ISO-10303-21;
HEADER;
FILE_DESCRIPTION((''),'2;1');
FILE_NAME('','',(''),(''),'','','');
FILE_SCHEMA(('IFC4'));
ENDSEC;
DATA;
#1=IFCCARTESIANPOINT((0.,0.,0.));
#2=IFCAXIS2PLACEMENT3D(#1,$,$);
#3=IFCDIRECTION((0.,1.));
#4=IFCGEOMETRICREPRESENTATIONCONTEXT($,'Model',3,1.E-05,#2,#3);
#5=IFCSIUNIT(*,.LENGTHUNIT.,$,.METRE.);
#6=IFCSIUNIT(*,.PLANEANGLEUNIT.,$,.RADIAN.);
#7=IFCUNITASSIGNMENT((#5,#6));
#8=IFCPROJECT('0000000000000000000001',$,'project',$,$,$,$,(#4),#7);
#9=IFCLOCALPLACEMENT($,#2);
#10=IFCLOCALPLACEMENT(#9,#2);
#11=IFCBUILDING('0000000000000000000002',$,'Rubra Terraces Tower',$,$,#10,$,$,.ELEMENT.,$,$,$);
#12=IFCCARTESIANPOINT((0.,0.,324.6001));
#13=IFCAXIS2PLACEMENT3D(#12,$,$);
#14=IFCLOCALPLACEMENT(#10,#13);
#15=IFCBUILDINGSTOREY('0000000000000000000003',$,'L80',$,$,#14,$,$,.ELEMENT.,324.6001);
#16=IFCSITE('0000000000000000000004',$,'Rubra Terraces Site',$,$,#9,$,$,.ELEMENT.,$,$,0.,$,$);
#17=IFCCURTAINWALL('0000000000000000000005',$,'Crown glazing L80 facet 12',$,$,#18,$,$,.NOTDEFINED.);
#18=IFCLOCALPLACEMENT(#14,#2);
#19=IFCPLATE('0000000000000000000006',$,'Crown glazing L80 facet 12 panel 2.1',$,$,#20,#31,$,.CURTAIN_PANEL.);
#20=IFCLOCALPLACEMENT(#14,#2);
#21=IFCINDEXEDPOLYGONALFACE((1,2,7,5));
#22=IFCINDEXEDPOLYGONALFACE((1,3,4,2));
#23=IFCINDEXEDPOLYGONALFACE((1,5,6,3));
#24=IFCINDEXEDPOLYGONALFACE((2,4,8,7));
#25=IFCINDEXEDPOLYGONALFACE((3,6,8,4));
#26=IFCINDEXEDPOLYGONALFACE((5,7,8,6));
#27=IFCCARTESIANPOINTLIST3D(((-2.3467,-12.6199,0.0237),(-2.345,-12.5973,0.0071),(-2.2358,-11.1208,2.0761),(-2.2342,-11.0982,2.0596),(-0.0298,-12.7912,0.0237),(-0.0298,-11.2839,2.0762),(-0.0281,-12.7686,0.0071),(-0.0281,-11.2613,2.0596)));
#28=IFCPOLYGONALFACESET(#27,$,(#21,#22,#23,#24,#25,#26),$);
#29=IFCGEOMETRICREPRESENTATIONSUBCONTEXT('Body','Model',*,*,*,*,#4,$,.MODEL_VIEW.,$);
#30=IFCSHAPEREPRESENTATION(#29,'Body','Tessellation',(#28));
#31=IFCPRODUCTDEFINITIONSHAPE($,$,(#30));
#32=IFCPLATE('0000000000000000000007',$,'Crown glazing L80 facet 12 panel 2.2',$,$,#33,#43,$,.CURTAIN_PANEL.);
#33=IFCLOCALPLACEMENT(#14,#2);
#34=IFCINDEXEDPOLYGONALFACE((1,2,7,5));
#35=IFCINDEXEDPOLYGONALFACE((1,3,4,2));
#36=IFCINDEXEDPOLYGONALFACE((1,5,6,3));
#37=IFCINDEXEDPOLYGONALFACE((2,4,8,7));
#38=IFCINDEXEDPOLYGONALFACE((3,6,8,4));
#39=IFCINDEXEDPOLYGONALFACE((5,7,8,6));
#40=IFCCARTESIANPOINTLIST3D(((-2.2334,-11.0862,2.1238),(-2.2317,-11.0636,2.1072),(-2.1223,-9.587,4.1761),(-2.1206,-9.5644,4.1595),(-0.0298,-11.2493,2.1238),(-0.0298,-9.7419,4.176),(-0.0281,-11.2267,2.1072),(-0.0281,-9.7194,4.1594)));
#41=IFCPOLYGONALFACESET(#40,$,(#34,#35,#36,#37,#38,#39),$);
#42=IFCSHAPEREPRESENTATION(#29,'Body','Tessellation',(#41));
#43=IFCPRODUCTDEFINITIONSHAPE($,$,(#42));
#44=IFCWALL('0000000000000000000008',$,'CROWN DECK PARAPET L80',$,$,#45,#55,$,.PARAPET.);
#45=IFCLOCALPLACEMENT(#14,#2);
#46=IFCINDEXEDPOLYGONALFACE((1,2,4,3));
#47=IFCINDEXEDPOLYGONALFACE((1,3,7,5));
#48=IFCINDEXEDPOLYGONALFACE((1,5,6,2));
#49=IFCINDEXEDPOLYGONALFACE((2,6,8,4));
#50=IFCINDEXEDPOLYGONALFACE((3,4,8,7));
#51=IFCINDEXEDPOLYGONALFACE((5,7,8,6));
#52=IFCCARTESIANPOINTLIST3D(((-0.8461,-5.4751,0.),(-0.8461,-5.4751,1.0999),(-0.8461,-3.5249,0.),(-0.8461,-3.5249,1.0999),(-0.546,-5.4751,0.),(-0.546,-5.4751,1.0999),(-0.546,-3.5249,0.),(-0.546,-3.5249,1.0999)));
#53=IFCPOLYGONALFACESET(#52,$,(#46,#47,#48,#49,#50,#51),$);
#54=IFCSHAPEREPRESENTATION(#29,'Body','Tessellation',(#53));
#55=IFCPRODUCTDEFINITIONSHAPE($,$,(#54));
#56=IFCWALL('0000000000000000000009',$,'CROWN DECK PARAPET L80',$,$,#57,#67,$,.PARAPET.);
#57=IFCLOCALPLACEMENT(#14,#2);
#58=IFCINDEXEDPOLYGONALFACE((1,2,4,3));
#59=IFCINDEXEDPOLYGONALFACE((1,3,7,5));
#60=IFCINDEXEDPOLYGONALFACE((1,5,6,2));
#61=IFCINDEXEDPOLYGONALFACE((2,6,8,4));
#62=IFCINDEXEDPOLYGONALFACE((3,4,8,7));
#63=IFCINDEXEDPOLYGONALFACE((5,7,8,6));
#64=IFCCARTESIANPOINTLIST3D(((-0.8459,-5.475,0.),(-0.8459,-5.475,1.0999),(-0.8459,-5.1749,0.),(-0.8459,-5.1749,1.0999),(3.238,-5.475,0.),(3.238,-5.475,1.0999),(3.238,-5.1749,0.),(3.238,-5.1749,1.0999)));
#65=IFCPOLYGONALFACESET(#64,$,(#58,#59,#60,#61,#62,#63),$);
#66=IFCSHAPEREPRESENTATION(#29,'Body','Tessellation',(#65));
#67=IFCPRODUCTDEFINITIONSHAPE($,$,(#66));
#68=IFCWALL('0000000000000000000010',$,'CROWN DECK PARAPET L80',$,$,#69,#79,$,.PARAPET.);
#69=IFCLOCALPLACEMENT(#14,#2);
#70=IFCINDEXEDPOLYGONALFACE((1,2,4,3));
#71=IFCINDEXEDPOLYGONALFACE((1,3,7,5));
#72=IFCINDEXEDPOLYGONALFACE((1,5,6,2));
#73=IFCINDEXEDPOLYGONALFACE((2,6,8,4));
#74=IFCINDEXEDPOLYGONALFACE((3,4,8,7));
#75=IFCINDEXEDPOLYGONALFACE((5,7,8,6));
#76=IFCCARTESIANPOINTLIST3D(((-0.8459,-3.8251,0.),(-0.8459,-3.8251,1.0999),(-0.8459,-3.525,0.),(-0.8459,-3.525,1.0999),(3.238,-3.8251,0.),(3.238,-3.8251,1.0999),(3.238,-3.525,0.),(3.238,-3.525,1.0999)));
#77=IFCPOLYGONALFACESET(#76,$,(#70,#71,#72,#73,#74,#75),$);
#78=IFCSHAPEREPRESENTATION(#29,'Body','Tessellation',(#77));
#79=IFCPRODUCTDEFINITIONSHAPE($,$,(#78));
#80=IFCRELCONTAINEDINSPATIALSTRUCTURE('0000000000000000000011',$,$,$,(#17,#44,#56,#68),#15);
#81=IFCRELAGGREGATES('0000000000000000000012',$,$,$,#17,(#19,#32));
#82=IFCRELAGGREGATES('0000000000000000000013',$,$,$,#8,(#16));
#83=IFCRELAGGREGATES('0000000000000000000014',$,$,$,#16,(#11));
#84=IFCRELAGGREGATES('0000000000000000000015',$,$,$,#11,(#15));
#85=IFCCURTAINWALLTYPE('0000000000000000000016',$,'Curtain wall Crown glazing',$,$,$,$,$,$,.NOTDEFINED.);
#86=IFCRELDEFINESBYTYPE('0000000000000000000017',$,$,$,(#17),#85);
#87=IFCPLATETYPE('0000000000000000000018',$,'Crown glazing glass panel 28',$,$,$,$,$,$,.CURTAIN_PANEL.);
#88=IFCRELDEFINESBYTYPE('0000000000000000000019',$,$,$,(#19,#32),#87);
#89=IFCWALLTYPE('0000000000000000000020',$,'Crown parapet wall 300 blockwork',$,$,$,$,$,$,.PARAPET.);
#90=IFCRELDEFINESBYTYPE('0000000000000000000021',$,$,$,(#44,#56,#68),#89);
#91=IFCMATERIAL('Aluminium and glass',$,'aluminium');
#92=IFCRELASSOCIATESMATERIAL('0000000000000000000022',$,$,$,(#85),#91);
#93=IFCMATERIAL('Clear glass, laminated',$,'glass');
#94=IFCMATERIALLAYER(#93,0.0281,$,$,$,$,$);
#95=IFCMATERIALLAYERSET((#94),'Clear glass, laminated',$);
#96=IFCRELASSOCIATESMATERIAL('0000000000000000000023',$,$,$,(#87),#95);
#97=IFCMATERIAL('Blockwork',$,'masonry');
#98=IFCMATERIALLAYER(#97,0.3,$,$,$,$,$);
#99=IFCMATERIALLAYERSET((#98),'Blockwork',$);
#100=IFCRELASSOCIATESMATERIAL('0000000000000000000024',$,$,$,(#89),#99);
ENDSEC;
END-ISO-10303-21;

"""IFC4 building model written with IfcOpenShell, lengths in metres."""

from ifc_helpers import new_model, si_unit, direction, frame, frame_2d, origin, place, context, subcontext, project, spatial, polyline, rectangle, outline, extrude, material, layer, layer_set, type_object, element, aggregate, save


model = new_model("IFC4")

# Units and contexts
model_context = context("Model", 3, precision=1e-05, world=origin(), true_north=direction((0.0, 1.0)))
body_context = subcontext(model_context, "Body", "Model", "MODEL_VIEW")
ifc_project = project(units=[si_unit("LENGTHUNIT", "METRE"), si_unit("PLANEANGLEUNIT", "RADIAN")], contexts=[model_context])

# Site, building, storey
site_placement = place(None, origin())
site = spatial("IfcSite", under=ifc_project, at=site_placement, Name="Rubra Terraces Site", CompositionType="ELEMENT", RefElevation=0.0)
building_placement = place(site_placement, origin())
building = spatial("IfcBuilding", under=site, at=building_placement, Name="Rubra Terraces Tower", CompositionType="ELEMENT")
storey_placement = place(building_placement, frame((0.0, 0.0, 324.6001)))
storey = spatial("IfcBuildingStorey", under=building, at=storey_placement, Name="L80", CompositionType="ELEMENT", Elevation=324.6001)

# Curtain wall
ifc_material_1 = material(Name="Aluminium and glass", Category="aluminium")
curtain_wall_type = type_object("IfcCurtainWallType", Name="Curtain wall Crown glazing", PredefinedType="NOTDEFINED", material=ifc_material_1)
curtain_wall_1_placement = place(storey_placement, origin())
curtain_wall_1 = element("IfcCurtainWall", 1, at=curtain_wall_1_placement, inside=storey, type_object=curtain_wall_type, Name="Crown glazing L80 facet 12", PredefinedType="NOTDEFINED")

# Plates
ifc_material_2 = material(Name="Clear glass, laminated", Category="glass")
ifc_layer_1 = layer(ifc_material_2, 0.0281)
ifc_layer_set_1 = layer_set([ifc_layer_1], Name="Clear glass, laminated")
plate_type = type_object("IfcPlateType", Name="Crown glazing glass panel 28", PredefinedType="CURTAIN_PANEL", material=ifc_layer_set_1)
plate_1_placement = place(storey_placement, frame((-2.3467, -12.6199, 0.0237), z_axis=(-0.059499, -0.804581, 0.590854), x_axis=(0.997276, -0.073757, -0.000011)))
plate_1 = element("IfcPlate", 2, at=plate_1_placement, type_object=plate_type, Name="Crown glazing L80 facet 12 panel 2.1", PredefinedType="CURTAIN_PANEL", context=body_context, shape_type="SweptSolid", body=[
    extrude(outline(polyline([(0.0, 0.0), (2.3232, 0.0), (2.212, 2.5441), (0.0, 2.544), (0.0, 0.0)])), origin(), (0.0, 0.0, -1.0), 0.0281),
])
plate_2_placement = place(storey_placement, frame((-2.2334, -11.0862, 2.1238), z_axis=(-0.059572, -0.804519, 0.590932), x_axis=(0.997271, -0.073831, 0.000018)))
plate_2 = element("IfcPlate", 3, at=plate_2_placement, type_object=plate_type, Name="Crown glazing L80 facet 12 panel 2.2", PredefinedType="CURTAIN_PANEL", context=body_context, shape_type="SweptSolid", body=[
    extrude(outline(polyline([(0.0, 0.0), (2.2096, 0.0), (2.0984, 2.5439), (0.0001, 2.544), (0.0, 0.0)])), origin(), (0.0, 0.0, -1.0), 0.0281),
])
aggregate(curtain_wall_1, [plate_1, plate_2])

# Walls
ifc_material_3 = material(Name="Blockwork", Category="masonry")
ifc_layer_2 = layer(ifc_material_3, 0.3)
ifc_layer_set_2 = layer_set([ifc_layer_2], Name="Blockwork")
wall_type = type_object("IfcWallType", Name="Crown parapet wall 300 blockwork", PredefinedType="PARAPET", material=ifc_layer_set_2)
wall_placement = place(storey_placement, frame((-0.696, -5.4751, 0.0), z_axis=(0.0, 0.0, 1.0), x_axis=(0.0, 1.0, 0.0)))
element("IfcWall", 4, at=wall_placement, inside=storey, type_object=wall_type, Name="CROWN DECK PARAPET L80", PredefinedType="PARAPET", context=body_context, shape_type="SweptSolid", body=[
    extrude(rectangle(XDim=1.9502, YDim=0.3, at=frame_2d((0.9751, 0.0))), origin(), (0.0, 0.0, 1.0), 1.0999),
])
for number, where, z_axis, x_axis, name in (
    (5, (-0.8459, -5.325, 0.0), (0.0, 0.0, 1.0), (1.0, 0.0, 0.0), "CROWN DECK PARAPET L80"),
    (6, (-0.8459, -3.675, 0.0), (0.0, 0.0, 1.0), (1.0, 0.0, 0.0), "CROWN DECK PARAPET L80"),
):
    element("IfcWall", number, at=place(storey_placement, frame(where, z_axis=z_axis, x_axis=x_axis)), inside=storey, type_object=wall_type, Name=name, PredefinedType="PARAPET", context=body_context, shape_type="SweptSolid", body=[
        extrude(rectangle(XDim=4.084, YDim=0.3, at=frame_2d((2.042, 0.0))), origin(), (0.0, 0.0, 1.0), 1.0999),
    ])

save(model, "model.ifc")
